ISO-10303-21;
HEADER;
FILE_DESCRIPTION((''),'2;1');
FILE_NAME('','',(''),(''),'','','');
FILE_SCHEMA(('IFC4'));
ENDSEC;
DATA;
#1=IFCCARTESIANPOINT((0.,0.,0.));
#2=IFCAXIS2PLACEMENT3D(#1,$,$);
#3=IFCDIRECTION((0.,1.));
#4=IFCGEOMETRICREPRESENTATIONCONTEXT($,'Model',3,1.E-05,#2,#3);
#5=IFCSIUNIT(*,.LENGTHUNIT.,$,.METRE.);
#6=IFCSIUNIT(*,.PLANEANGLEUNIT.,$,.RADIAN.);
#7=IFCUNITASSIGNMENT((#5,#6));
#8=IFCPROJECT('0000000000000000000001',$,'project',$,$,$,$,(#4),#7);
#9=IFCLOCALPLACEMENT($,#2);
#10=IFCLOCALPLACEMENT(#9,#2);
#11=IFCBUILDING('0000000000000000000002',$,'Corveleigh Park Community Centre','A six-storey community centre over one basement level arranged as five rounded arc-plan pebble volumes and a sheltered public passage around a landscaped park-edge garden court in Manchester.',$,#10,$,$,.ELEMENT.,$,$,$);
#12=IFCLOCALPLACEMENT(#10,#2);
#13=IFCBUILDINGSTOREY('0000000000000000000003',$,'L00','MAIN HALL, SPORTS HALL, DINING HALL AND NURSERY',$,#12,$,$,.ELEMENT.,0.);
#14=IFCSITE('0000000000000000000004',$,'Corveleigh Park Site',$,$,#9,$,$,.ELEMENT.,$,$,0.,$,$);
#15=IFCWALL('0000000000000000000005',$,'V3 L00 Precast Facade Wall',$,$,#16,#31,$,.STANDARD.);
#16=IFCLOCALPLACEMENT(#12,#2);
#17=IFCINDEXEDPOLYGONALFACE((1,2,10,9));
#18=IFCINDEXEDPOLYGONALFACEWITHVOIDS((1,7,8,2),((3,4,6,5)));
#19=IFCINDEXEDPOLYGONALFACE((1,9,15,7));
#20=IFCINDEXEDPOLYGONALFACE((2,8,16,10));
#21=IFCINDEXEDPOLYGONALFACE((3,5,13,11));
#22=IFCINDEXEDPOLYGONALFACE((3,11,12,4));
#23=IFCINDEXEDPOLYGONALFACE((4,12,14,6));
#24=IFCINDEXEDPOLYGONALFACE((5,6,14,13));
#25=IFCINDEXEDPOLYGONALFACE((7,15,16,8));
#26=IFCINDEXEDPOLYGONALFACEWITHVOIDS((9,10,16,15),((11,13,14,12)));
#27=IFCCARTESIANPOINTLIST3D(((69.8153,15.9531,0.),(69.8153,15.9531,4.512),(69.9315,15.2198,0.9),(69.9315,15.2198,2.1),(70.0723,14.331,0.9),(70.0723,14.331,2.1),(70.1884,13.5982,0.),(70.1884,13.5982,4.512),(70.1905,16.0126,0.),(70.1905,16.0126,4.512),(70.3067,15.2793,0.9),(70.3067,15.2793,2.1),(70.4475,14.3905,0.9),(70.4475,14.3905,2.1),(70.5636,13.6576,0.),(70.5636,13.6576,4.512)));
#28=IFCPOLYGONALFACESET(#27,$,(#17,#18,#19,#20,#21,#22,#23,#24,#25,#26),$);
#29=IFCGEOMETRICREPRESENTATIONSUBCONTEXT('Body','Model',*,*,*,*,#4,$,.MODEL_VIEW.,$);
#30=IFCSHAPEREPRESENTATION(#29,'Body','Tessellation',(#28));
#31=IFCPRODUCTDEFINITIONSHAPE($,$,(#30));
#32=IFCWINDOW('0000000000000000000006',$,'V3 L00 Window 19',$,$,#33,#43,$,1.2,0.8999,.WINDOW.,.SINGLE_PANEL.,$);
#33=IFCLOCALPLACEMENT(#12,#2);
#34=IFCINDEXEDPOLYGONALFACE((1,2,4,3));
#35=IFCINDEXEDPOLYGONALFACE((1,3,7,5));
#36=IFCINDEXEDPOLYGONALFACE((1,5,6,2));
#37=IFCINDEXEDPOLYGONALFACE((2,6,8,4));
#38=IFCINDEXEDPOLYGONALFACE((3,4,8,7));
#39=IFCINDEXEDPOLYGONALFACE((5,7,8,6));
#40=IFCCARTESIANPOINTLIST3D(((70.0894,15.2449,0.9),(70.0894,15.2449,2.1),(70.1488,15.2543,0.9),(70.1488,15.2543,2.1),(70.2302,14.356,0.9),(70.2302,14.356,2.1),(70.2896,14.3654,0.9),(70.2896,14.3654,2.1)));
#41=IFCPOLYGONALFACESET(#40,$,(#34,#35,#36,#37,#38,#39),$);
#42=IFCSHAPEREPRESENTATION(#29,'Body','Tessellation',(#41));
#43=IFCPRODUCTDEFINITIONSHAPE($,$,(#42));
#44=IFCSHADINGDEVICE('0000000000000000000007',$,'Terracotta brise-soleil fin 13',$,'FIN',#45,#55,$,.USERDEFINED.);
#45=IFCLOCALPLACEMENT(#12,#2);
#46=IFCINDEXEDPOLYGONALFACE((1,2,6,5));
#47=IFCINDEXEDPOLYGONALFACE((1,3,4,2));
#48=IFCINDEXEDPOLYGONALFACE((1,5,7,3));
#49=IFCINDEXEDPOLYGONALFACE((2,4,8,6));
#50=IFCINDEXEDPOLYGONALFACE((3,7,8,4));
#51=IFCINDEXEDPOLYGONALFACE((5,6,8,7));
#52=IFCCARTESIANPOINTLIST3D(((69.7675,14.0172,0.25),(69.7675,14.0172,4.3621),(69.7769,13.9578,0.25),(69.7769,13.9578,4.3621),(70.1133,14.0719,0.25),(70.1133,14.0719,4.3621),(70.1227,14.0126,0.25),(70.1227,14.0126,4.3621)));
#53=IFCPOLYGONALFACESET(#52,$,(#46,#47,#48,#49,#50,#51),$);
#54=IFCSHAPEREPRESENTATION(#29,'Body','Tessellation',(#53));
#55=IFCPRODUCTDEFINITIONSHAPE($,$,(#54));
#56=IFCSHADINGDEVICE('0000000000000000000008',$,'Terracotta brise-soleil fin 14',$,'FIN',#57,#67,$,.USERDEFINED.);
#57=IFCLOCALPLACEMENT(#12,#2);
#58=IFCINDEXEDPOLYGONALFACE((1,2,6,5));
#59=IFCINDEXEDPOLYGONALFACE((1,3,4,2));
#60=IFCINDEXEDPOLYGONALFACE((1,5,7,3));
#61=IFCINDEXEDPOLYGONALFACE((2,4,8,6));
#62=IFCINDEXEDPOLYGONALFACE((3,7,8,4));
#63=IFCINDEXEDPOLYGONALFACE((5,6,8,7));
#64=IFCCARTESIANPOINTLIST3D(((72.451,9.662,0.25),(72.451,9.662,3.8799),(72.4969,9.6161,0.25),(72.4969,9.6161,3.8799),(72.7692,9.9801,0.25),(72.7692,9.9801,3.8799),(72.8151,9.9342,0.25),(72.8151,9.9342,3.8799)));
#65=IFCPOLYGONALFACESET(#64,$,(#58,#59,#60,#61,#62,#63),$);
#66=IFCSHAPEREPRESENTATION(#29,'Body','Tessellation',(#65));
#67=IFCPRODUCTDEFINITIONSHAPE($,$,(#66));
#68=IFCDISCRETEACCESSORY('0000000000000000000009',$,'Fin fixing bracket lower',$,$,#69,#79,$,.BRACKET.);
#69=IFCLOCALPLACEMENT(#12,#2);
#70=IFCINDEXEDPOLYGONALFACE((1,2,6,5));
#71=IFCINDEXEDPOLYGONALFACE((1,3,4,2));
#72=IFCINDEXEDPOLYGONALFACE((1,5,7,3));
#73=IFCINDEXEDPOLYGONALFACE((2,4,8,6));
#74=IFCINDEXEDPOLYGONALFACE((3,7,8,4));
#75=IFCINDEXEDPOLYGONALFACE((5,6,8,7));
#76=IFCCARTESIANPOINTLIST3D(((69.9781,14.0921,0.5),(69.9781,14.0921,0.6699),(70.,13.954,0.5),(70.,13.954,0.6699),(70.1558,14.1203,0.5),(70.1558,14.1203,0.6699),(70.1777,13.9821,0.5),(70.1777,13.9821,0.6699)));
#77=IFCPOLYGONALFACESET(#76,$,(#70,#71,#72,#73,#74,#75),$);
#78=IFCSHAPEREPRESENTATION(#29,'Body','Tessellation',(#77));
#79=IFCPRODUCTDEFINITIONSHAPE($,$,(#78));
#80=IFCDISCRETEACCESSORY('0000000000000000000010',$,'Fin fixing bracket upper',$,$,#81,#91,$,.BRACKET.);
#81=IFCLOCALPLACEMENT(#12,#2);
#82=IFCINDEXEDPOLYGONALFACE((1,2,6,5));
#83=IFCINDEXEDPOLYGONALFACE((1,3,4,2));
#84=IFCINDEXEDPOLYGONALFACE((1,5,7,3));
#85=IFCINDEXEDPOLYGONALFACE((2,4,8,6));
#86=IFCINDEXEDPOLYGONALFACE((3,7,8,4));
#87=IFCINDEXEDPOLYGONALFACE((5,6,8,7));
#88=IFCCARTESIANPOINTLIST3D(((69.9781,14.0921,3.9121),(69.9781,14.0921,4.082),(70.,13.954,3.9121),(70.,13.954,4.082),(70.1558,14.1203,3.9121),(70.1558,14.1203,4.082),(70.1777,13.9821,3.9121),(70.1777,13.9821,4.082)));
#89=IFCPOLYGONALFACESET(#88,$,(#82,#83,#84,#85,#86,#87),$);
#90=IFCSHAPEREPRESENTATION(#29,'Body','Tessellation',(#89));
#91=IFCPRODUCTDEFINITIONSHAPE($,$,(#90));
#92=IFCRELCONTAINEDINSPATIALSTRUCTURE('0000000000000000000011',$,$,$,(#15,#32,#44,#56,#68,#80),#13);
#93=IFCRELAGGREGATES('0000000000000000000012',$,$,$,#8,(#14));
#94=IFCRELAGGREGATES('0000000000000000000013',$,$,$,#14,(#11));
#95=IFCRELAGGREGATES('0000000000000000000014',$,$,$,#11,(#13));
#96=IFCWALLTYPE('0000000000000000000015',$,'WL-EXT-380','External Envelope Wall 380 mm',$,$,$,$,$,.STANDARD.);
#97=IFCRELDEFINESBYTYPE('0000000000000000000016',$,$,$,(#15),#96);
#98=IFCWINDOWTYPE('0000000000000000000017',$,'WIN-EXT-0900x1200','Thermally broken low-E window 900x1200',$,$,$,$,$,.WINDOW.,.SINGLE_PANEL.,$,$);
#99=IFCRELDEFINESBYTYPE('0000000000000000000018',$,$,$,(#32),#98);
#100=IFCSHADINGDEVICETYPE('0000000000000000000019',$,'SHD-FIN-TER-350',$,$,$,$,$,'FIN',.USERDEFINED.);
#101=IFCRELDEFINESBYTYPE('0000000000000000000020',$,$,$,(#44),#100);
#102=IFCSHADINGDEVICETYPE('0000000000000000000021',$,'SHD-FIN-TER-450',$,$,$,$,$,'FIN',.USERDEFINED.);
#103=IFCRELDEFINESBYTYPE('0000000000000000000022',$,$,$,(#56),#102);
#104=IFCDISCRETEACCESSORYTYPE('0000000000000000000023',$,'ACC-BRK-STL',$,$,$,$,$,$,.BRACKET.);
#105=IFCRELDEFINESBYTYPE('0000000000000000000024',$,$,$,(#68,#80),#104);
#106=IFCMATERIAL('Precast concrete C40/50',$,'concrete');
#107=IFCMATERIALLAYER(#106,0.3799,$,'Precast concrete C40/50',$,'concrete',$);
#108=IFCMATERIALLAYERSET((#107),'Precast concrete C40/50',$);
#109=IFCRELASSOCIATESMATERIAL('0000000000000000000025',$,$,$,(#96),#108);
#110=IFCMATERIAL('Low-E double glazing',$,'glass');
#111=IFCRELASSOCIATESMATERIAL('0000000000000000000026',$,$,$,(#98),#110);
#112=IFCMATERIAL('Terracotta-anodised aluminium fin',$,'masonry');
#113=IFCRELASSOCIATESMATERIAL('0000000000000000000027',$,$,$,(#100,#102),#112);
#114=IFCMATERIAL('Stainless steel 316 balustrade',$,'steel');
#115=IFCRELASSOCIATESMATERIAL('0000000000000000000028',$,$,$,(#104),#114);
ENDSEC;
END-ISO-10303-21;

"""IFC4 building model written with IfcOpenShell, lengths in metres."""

from ifc_helpers import new_model, si_unit, direction, frame, frame_2d, origin, origin_2d, place, context, subcontext, project, spatial, rectangle, extrude, material, layer, layer_set, type_object, element, fill, save


model = new_model("IFC4")

# Units and contexts
model_context = context("Model", 3, precision=1e-05, world=origin(), true_north=direction((0.0, 1.0)))
body_context = subcontext(model_context, "Body", "Model", "MODEL_VIEW")
ifc_project = project(units=[si_unit("LENGTHUNIT", "METRE"), si_unit("PLANEANGLEUNIT", "RADIAN")], contexts=[model_context])

# Site, building, storey
site_placement = place(None, origin())
site = spatial("IfcSite", under=ifc_project, at=site_placement, Name="Corveleigh Park Site", CompositionType="ELEMENT", RefElevation=0.0)
building_placement = place(site_placement, origin())
building = spatial("IfcBuilding", under=site, at=building_placement, Name="Corveleigh Park Community Centre", Description="A six-storey community centre over one basement level arranged as five rounded arc-plan pebble volumes and a sheltered public passage around a landscaped park-edge garden court in Manchester.", CompositionType="ELEMENT")
storey_placement = place(building_placement, origin())
storey = spatial("IfcBuildingStorey", under=building, at=storey_placement, Name="L00", Description="MAIN HALL, SPORTS HALL, DINING HALL AND NURSERY", CompositionType="ELEMENT", Elevation=0.0)

# Shared definitions
ifc_material_1 = material(Name="Low-E double glazing", Category="glass")

# Wall, opening, window
ifc_material_2 = material(Name="Precast concrete C40/50", Category="concrete")
ifc_layer_1 = layer(ifc_material_2, 0.3799, Name="Precast concrete C40/50", Category="concrete")
ifc_layer_set_1 = layer_set([ifc_layer_1], Name="Precast concrete C40/50")
wall_type = type_object("IfcWallType", Name="WL-EXT-380", Description="External Envelope Wall 380 mm", PredefinedType="STANDARD", material=ifc_layer_set_1)
wall_placement = place(storey_placement, frame((70.376, 13.6279, 0.0), z_axis=(0.0, 0.0, 1.0), x_axis=(-0.156457, 0.987685, 0.0)))
wall = element("IfcWall", 1, at=wall_placement, inside=storey, type_object=wall_type, Name="V3 L00 Precast Facade Wall", PredefinedType="STANDARD", context=body_context, shape_type="SweptSolid", body=[
    extrude(rectangle(XDim=2.3843, YDim=0.3799, at=frame_2d((1.1921, 0.0))), origin(), (0.0, 0.0, 1.0), 4.512),
])
opening_placement = place(wall_placement, frame((0.7419, 0.0, 0.8999)))
opening = element("IfcOpeningElement", 2, at=opening_placement, cuts=wall, PredefinedType="OPENING", context=body_context, shape_type="SweptSolid", body=[
    extrude(rectangle(XDim=0.8999, YDim=1.2, at=frame_2d((0.45, 0.6001))), frame((0.0, 0.2, 0.0), z_axis=(0.0, -1.0, 0.0), x_axis=(1.0, 0.0, 0.0)), (0.0, 0.0, 1.0), 0.3999),
])
window_type = type_object("IfcWindowType", Name="WIN-EXT-0900x1200", Description="Thermally broken low-E window 900x1200", PartitioningType="SINGLE_PANEL", PredefinedType="WINDOW", material=ifc_material_1)
window_placement = place(opening_placement, origin())
window = element("IfcWindow", 3, at=window_placement, inside=storey, type_object=window_type, Name="V3 L00 Window 19", OverallHeight=1.2, OverallWidth=0.8999, PartitioningType="SINGLE_PANEL", PredefinedType="WINDOW", context=body_context, shape_type="SweptSolid", body=[
    extrude(rectangle(XDim=0.8999, YDim=1.2, at=frame_2d((0.45, 0.6001))), frame((0.0, 0.03, 0.0), z_axis=(0.0, -1.0, 0.0), x_axis=(1.0, 0.0, 0.0)), (0.0, 0.0, 1.0), 0.0601),
])
fill(opening, window)

# Shading devices
ifc_material_3 = material(Name="Terracotta-anodised aluminium fin", Category="masonry")
shading_device_type_1 = type_object("IfcShadingDeviceType", Name="SHD-FIN-TER-350", ElementType="FIN", PredefinedType="USERDEFINED", material=ifc_material_3)
shading_device_1_placement = place(storey_placement, frame((69.9451, 14.0149, 0.25), z_axis=(0.0, 0.0, 1.0), x_axis=(-0.987688, -0.156436, 0.0)))
element("IfcShadingDevice", 4, at=shading_device_1_placement, inside=storey, type_object=shading_device_type_1, Name="Terracotta brise-soleil fin 13", ObjectType="FIN", PredefinedType="USERDEFINED", context=body_context, shape_type="SweptSolid", body=[
    extrude(rectangle(XDim=0.3501, YDim=0.0601, at=origin_2d()), origin(), (0.0, 0.0, 1.0), 4.1121),
])
shading_device_type_2 = type_object("IfcShadingDeviceType", Name="SHD-FIN-TER-450", ElementType="FIN", PredefinedType="USERDEFINED", material=ifc_material_3)
shading_device_2_placement = place(storey_placement, frame((72.6331, 9.7981, 0.25), z_axis=(0.0, 0.0, 1.0), x_axis=(-0.707107, -0.707107, 0.0)))
element("IfcShadingDevice", 5, at=shading_device_2_placement, inside=storey, type_object=shading_device_type_2, Name="Terracotta brise-soleil fin 14", ObjectType="FIN", PredefinedType="USERDEFINED", context=body_context, shape_type="SweptSolid", body=[
    extrude(rectangle(XDim=0.45, YDim=0.0649, at=origin_2d()), origin(), (0.0, 0.0, 1.0), 3.6299),
])

# Discrete accessories
ifc_material_4 = material(Name="Stainless steel 316 balustrade", Category="steel")
discrete_accessory_type = type_object("IfcDiscreteAccessoryType", Name="ACC-BRK-STL", PredefinedType="BRACKET", material=ifc_material_4)
for number, where, z_axis, x_axis, name in (
    (6, (70.0779, 14.0371, 0.5), (0.0, 0.0, 1.0), (-0.987688, -0.156436, 0.0), "Fin fixing bracket lower"),
    (7, (70.0779, 14.0371, 3.9121), (0.0, 0.0, 1.0), (-0.987688, -0.156436, 0.0), "Fin fixing bracket upper"),
):
    element("IfcDiscreteAccessory", number, at=place(storey_placement, frame(where, z_axis=z_axis, x_axis=x_axis)), inside=storey, type_object=discrete_accessory_type, Name=name, PredefinedType="BRACKET", context=body_context, shape_type="SweptSolid", body=[
        extrude(rectangle(XDim=0.1799, YDim=0.1399, at=origin_2d()), origin(), (0.0, 0.0, 1.0), 0.1699),
    ])

save(model, "model.ifc")
